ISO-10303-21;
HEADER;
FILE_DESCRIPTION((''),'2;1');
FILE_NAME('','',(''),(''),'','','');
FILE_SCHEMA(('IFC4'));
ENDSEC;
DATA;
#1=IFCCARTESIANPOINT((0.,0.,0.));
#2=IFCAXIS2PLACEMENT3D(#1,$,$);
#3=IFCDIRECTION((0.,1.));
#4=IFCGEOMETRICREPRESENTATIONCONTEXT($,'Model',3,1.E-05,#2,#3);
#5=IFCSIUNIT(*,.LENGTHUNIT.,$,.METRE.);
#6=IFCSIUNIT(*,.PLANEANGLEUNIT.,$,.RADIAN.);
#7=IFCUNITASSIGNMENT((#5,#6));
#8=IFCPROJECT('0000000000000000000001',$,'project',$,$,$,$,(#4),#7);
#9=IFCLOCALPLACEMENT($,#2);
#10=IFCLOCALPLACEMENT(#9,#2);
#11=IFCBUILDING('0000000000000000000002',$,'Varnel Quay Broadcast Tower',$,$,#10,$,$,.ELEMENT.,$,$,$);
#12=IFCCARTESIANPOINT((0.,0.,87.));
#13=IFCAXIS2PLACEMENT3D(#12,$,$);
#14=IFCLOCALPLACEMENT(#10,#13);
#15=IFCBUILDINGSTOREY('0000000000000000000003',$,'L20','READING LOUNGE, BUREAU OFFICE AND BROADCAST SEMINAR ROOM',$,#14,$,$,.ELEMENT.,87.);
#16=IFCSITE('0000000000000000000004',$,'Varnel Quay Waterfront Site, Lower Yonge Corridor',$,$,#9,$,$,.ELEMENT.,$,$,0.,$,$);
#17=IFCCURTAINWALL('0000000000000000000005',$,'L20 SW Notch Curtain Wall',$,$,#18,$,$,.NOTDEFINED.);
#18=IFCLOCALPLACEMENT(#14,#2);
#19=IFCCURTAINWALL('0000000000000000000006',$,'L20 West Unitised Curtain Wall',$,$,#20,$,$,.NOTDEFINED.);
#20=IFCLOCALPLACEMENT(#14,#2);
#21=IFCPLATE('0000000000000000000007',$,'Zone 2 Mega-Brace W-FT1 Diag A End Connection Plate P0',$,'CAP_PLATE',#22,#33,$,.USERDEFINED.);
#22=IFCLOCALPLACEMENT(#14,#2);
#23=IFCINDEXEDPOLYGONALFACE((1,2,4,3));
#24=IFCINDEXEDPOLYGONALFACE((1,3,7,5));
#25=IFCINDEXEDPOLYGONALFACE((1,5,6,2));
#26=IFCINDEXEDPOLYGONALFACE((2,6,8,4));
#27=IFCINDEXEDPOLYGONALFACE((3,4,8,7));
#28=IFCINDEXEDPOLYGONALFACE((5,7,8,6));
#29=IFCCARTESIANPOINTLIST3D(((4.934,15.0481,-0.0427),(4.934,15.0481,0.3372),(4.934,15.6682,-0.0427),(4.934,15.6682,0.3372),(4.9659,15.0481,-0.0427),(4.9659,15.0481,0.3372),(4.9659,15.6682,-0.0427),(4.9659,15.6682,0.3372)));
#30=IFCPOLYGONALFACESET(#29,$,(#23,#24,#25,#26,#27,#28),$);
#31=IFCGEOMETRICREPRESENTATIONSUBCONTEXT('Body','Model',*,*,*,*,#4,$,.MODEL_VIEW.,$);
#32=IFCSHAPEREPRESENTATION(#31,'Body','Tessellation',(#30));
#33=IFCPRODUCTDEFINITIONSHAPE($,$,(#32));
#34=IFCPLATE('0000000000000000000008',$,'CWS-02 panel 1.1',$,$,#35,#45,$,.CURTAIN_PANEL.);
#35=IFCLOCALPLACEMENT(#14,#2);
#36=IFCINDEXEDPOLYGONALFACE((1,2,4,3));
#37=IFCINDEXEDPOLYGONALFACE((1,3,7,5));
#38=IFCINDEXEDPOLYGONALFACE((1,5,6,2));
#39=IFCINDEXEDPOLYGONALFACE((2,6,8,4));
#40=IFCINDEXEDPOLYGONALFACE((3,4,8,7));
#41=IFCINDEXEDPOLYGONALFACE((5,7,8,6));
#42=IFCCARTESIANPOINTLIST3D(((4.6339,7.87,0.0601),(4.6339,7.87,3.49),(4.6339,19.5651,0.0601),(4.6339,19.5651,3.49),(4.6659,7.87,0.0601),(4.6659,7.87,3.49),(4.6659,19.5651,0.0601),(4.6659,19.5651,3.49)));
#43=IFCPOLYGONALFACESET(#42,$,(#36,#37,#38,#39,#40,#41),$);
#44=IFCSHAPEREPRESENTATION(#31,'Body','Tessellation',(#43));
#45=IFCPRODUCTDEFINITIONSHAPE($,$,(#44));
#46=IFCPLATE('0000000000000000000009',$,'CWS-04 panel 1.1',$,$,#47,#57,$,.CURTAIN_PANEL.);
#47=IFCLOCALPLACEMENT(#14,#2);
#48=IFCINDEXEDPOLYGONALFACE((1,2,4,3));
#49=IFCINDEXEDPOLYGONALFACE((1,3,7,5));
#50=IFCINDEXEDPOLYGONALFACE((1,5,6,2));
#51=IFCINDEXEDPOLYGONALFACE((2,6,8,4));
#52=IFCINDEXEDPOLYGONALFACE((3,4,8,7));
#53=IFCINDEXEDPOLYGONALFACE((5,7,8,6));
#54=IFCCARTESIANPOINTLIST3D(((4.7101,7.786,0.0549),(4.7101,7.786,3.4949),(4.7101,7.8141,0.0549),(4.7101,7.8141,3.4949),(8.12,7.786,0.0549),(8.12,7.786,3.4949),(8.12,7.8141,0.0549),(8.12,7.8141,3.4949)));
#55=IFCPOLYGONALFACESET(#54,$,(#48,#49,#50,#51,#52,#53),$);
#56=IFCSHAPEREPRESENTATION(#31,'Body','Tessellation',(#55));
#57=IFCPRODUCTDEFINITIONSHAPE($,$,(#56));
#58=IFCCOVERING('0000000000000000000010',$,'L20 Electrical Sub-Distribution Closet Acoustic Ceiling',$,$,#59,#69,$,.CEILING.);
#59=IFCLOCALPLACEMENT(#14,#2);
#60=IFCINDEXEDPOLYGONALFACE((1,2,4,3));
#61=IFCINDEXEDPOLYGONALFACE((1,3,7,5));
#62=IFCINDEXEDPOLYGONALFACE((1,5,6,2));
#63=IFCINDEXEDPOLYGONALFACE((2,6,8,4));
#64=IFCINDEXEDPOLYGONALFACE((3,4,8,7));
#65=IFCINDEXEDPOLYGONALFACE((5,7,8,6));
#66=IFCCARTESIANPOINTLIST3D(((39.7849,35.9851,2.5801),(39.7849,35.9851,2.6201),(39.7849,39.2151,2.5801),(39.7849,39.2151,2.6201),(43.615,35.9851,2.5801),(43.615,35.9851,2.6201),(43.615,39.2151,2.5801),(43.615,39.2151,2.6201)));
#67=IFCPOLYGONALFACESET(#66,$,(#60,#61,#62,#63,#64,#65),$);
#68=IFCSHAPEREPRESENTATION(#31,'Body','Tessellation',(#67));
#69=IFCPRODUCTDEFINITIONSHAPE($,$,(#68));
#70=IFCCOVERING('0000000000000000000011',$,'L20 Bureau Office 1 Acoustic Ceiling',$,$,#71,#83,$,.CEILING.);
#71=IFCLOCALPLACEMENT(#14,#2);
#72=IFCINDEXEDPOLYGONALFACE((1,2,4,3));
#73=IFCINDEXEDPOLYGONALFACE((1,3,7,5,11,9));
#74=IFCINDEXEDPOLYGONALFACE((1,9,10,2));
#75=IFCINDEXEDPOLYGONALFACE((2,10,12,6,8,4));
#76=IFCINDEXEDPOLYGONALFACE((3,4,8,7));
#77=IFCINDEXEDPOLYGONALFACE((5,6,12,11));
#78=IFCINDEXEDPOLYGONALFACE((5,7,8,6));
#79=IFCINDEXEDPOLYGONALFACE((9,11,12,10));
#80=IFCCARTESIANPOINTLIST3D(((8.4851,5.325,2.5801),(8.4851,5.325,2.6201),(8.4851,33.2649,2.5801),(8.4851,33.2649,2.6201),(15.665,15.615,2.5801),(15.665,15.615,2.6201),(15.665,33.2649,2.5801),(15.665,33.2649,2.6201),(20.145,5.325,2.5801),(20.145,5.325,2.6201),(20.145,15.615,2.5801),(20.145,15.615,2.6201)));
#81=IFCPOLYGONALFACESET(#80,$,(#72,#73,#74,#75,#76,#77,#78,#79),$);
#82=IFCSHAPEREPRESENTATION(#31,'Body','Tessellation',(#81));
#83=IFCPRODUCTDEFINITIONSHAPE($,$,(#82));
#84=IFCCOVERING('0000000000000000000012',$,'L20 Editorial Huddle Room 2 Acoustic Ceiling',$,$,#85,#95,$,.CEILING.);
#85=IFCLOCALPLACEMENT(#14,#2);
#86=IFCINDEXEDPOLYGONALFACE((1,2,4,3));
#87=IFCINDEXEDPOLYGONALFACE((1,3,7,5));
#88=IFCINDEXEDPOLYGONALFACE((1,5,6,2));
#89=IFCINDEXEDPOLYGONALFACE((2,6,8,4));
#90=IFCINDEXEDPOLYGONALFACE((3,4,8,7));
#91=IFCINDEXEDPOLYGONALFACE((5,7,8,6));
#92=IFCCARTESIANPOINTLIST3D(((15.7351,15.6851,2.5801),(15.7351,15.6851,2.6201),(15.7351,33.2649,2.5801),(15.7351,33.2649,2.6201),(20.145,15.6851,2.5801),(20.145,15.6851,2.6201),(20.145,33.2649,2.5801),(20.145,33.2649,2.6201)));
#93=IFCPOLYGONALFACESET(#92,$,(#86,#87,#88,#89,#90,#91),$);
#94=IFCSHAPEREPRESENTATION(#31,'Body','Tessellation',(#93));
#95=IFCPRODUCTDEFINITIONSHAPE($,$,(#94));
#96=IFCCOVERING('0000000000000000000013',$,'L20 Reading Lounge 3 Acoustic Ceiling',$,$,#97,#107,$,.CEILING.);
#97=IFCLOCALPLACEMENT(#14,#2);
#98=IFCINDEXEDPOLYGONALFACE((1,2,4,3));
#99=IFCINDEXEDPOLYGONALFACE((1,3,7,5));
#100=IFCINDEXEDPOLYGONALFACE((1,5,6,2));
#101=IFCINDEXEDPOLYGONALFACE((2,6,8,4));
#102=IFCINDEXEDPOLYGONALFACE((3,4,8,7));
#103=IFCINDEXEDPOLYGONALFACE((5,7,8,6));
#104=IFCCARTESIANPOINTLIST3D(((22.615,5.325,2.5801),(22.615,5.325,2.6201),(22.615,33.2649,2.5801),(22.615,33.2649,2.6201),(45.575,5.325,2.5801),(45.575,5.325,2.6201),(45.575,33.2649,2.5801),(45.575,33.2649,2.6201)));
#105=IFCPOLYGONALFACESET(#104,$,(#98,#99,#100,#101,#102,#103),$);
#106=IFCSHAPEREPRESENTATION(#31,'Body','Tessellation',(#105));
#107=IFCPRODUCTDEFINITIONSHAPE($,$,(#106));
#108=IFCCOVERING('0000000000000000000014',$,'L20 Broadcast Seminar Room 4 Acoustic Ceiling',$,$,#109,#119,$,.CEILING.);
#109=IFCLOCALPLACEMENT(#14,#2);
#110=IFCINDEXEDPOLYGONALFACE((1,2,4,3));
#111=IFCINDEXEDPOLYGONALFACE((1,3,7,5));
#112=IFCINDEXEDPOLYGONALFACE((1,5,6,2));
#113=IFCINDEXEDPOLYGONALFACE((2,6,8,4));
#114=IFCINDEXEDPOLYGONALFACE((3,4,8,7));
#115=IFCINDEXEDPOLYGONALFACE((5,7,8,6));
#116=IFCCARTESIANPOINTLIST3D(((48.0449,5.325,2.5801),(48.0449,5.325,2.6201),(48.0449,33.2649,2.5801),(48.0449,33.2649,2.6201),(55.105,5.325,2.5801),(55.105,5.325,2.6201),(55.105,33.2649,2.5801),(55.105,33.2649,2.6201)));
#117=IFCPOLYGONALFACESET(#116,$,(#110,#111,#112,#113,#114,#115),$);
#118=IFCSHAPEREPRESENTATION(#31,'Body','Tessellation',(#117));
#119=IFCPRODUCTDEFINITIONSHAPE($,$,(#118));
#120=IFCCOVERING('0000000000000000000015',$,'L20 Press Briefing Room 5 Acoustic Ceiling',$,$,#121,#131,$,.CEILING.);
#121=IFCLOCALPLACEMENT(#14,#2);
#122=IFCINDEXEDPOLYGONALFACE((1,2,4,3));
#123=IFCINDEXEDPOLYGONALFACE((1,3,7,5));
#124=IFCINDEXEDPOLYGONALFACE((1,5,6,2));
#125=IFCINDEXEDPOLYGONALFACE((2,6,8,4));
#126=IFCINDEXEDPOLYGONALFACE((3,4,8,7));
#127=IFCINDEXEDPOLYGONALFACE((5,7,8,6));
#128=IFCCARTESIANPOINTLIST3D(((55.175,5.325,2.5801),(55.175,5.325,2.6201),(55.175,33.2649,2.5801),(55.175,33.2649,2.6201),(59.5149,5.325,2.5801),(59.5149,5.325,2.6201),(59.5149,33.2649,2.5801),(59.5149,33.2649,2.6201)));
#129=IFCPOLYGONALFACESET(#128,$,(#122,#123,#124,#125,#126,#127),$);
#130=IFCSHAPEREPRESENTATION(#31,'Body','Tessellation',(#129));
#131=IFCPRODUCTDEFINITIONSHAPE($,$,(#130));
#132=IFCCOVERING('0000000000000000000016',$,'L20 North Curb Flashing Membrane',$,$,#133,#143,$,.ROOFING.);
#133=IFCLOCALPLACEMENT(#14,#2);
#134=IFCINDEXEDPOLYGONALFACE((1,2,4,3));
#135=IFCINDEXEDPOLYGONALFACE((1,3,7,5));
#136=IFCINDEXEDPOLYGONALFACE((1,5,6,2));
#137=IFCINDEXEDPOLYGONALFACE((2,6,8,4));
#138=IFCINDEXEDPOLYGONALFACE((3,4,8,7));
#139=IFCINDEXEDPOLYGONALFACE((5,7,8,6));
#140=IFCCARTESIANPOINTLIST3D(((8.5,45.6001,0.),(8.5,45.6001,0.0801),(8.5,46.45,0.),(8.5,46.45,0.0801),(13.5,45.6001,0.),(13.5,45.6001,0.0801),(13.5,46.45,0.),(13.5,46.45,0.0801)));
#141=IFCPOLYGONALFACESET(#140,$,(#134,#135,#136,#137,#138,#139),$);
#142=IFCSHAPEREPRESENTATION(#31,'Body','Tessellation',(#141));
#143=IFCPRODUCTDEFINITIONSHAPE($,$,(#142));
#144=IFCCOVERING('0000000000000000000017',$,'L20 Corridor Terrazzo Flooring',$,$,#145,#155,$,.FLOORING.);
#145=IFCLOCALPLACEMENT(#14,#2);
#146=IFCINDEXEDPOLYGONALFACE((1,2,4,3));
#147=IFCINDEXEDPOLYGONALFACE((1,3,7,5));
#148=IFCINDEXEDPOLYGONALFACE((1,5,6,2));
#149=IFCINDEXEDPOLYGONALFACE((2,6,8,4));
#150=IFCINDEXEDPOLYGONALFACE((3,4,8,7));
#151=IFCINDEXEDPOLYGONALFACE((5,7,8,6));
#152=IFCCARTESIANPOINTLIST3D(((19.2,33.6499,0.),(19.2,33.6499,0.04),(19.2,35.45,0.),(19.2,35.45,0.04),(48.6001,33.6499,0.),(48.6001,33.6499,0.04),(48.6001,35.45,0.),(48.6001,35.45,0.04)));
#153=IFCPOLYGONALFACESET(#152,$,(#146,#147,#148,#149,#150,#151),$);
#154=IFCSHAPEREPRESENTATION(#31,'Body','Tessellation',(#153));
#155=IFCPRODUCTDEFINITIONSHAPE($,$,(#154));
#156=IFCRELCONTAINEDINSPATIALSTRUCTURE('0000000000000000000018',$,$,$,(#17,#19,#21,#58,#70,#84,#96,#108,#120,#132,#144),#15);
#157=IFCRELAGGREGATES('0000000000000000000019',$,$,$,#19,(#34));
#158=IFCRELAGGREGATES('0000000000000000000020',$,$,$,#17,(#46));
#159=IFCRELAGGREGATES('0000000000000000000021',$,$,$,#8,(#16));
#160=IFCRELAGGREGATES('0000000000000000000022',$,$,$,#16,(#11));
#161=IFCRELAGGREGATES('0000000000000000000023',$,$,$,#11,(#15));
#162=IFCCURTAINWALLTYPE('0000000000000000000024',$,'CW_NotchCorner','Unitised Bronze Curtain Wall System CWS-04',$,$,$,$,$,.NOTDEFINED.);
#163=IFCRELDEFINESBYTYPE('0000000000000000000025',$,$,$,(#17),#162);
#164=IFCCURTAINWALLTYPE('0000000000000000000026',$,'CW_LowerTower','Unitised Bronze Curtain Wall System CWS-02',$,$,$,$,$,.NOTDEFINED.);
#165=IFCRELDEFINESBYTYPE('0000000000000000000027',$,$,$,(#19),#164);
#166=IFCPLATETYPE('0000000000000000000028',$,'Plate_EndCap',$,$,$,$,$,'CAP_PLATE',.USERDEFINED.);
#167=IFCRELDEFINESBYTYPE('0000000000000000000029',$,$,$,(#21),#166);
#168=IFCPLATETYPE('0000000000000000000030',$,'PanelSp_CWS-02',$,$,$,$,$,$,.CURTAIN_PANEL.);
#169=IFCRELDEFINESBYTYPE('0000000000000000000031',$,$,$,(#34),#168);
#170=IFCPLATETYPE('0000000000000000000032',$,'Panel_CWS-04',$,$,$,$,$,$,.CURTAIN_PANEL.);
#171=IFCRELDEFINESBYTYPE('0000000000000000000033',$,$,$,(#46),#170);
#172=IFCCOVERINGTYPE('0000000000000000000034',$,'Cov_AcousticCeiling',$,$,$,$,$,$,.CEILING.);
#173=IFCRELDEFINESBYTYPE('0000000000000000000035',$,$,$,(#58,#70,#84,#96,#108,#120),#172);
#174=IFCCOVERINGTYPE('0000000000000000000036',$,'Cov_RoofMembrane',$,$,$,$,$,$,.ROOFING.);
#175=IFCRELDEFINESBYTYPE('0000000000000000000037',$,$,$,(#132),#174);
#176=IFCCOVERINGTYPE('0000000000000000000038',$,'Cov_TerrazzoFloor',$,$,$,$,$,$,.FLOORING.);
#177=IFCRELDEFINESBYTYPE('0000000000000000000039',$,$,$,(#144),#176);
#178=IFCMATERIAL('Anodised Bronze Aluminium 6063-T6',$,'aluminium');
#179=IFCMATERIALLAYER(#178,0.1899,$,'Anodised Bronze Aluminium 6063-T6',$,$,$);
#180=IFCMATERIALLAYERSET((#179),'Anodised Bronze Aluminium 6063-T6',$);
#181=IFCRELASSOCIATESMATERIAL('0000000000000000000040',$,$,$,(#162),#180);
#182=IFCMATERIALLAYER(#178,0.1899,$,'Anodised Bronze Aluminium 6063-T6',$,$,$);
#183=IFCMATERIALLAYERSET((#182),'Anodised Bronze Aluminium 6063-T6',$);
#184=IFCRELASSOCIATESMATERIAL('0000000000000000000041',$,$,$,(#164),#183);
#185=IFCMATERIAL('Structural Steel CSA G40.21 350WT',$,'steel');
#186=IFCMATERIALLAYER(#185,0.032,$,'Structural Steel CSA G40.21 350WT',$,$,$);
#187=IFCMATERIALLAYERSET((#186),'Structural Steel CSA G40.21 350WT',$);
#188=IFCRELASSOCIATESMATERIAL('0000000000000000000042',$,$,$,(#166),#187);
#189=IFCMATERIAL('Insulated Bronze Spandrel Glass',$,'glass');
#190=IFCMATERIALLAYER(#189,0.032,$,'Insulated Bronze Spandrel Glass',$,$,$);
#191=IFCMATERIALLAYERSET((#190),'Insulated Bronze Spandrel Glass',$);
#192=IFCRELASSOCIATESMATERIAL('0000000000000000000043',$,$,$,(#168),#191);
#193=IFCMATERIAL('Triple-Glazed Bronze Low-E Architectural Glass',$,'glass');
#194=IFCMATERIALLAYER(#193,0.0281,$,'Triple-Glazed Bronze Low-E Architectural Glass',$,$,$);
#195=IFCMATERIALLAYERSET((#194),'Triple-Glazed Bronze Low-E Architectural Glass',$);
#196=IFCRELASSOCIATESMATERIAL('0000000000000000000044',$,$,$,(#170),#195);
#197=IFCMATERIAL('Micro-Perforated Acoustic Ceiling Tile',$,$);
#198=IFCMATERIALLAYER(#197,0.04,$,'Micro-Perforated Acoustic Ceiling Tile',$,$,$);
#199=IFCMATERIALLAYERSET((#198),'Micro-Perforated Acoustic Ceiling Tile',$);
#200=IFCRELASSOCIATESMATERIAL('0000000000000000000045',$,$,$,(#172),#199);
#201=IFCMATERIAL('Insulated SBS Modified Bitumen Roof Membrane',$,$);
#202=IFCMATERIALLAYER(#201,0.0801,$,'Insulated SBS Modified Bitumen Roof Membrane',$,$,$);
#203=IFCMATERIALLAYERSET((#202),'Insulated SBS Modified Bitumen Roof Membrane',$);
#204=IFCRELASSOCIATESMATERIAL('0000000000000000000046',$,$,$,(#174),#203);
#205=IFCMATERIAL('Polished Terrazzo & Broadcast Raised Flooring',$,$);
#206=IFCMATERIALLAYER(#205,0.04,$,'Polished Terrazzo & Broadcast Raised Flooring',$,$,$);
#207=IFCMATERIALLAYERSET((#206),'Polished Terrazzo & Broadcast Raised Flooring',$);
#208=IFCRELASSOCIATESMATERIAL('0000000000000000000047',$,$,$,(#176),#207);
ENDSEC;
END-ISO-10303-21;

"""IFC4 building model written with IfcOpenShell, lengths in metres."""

from ifc_helpers import new_model, si_unit, direction, frame, origin, origin_2d, place, context, subcontext, project, spatial, polyline, rectangle, outline, extrude, source, transform, mapped, material, layer, layer_set, type_object, type_shapes, element, aggregate, save


model = new_model("IFC4")

# Units and contexts
model_context = context("Model", 3, precision=1e-05, world=origin(), true_north=direction((0.0, 1.0)))
body_context = subcontext(model_context, "Body", "Model", "MODEL_VIEW")
ifc_project = project(units=[si_unit("LENGTHUNIT", "METRE"), si_unit("PLANEANGLEUNIT", "RADIAN")], contexts=[model_context])

# Site, building, storey
site_placement = place(None, origin())
site = spatial("IfcSite", under=ifc_project, at=site_placement, Name="Varnel Quay Waterfront Site, Lower Yonge Corridor", CompositionType="ELEMENT", RefElevation=0.0)
building_placement = place(site_placement, origin())
building = spatial("IfcBuilding", under=site, at=building_placement, Name="Varnel Quay Broadcast Tower", CompositionType="ELEMENT")
storey_placement = place(building_placement, frame((0.0, 0.0, 87.0)))
storey = spatial("IfcBuildingStorey", under=building, at=storey_placement, Name="L20", Description="READING LOUNGE, BUREAU OFFICE AND BROADCAST SEMINAR ROOM", CompositionType="ELEMENT", Elevation=87.0)

# Shared definitions
ifc_material_1 = material(Name="Structural Steel CSA G40.21 350WT", Category="steel")

# Curtain walls
ifc_material_2 = material(Name="Anodised Bronze Aluminium 6063-T6", Category="aluminium")
ifc_layer_1 = layer(ifc_material_2, 0.1899, Name="Anodised Bronze Aluminium 6063-T6")
ifc_layer_set_1 = layer_set([ifc_layer_1], Name="Anodised Bronze Aluminium 6063-T6")
curtain_wall_type_1 = type_object("IfcCurtainWallType", Name="CW_NotchCorner", Description="Unitised Bronze Curtain Wall System CWS-04", PredefinedType="NOTDEFINED", material=ifc_layer_set_1)
curtain_wall_1_placement = place(storey_placement, origin())
curtain_wall_1 = element("IfcCurtainWall", 1, at=curtain_wall_1_placement, inside=storey, type_object=curtain_wall_type_1, Name="L20 SW Notch Curtain Wall", PredefinedType="NOTDEFINED")
ifc_layer_2 = layer(ifc_material_2, 0.1899, Name="Anodised Bronze Aluminium 6063-T6")
ifc_layer_set_2 = layer_set([ifc_layer_2], Name="Anodised Bronze Aluminium 6063-T6")
curtain_wall_type_2 = type_object("IfcCurtainWallType", Name="CW_LowerTower", Description="Unitised Bronze Curtain Wall System CWS-02", PredefinedType="NOTDEFINED", material=ifc_layer_set_2)
curtain_wall_2_placement = place(storey_placement, origin())
curtain_wall_2 = element("IfcCurtainWall", 2, at=curtain_wall_2_placement, inside=storey, type_object=curtain_wall_type_2, Name="L20 West Unitised Curtain Wall", PredefinedType="NOTDEFINED")

# Plate
ifc_layer_3 = layer(ifc_material_1, 0.032, Name="Structural Steel CSA G40.21 350WT")
ifc_layer_set_3 = layer_set([ifc_layer_3], Name="Structural Steel CSA G40.21 350WT")
plate_type_1 = type_object("IfcPlateType", Name="Plate_EndCap", ElementType="CAP_PLATE", PredefinedType="USERDEFINED", material=ifc_layer_set_3)
shared_shape_1 = source(origin(), body_context, "Body", "SweptSolid", [
    extrude(rectangle(XDim=0.6201, YDim=0.032, at=origin_2d()), origin(), (0.0, 0.0, 1.0), 0.3799),
])
type_shapes(plate_type_1, [shared_shape_1])
plate_1_placement = place(storey_placement, frame((4.95, 15.3582, -0.0427), z_axis=(0.0, 0.0, 1.0), x_axis=(0.0, 1.0, 0.0)))
element("IfcPlate", 3, at=plate_1_placement, inside=storey, type_object=plate_type_1, Name="Zone 2 Mega-Brace W-FT1 Diag A End Connection Plate P0", ObjectType="CAP_PLATE", PredefinedType="USERDEFINED", context=body_context, shape_type="MappedRepresentation", body=[
    mapped(shared_shape_1, transform((0.0, 0.0, 0.0), x_axis=(1.0, 0.0, 0.0), y_axis=(0.0, 1.0, 0.0), z_axis=(0.0, 0.0, 1.0), scale=1.0)),
])

# Plates
ifc_material_3 = material(Name="Insulated Bronze Spandrel Glass", Category="glass")
ifc_layer_4 = layer(ifc_material_3, 0.032, Name="Insulated Bronze Spandrel Glass")
ifc_layer_set_4 = layer_set([ifc_layer_4], Name="Insulated Bronze Spandrel Glass")
plate_type_2 = type_object("IfcPlateType", Name="PanelSp_CWS-02", PredefinedType="CURTAIN_PANEL", material=ifc_layer_set_4)
shared_shape_2 = source(origin(), body_context, "Body", "SweptSolid", [
    extrude(rectangle(XDim=11.6951, YDim=0.032, at=origin_2d()), origin(), (0.0, 0.0, 1.0), 3.4299),
])
type_shapes(plate_type_2, [shared_shape_2])
plate_2_placement = place(storey_placement, frame((4.6499, 13.7175, 0.0601), z_axis=(0.0, 0.0, 1.0), x_axis=(0.0, 1.0, 0.0)))
plate_2 = element("IfcPlate", 4, at=plate_2_placement, type_object=plate_type_2, Name="CWS-02 panel 1.1", PredefinedType="CURTAIN_PANEL", context=body_context, shape_type="MappedRepresentation", body=[
    mapped(shared_shape_2, transform((0.0, 0.0, 0.0), x_axis=(1.0, 0.0, 0.0), y_axis=(0.0, 1.0, 0.0), z_axis=(0.0, 0.0, 1.0), scale=1.0)),
])
aggregate(curtain_wall_2, [plate_2])
ifc_material_4 = material(Name="Triple-Glazed Bronze Low-E Architectural Glass", Category="glass")
ifc_layer_5 = layer(ifc_material_4, 0.0281, Name="Triple-Glazed Bronze Low-E Architectural Glass")
ifc_layer_set_5 = layer_set([ifc_layer_5], Name="Triple-Glazed Bronze Low-E Architectural Glass")
plate_type_3 = type_object("IfcPlateType", Name="Panel_CWS-04", PredefinedType="CURTAIN_PANEL", material=ifc_layer_set_5)
shared_shape_3 = source(origin(), body_context, "Body", "SweptSolid", [
    extrude(rectangle(XDim=3.4099, YDim=0.0281, at=origin_2d()), origin(), (0.0, 0.0, 1.0), 3.4399),
])
type_shapes(plate_type_3, [shared_shape_3])
plate_3_placement = place(storey_placement, frame((6.415, 7.8, 0.0549), z_axis=(0.0, 0.0, 1.0), x_axis=(1.0, 0.0, 0.0)))
plate_3 = element("IfcPlate", 5, at=plate_3_placement, type_object=plate_type_3, Name="CWS-04 panel 1.1", PredefinedType="CURTAIN_PANEL", context=body_context, shape_type="MappedRepresentation", body=[
    mapped(shared_shape_3, transform((0.0, 0.0, 0.0), x_axis=(1.0, 0.0, 0.0), y_axis=(0.0, 1.0, 0.0), z_axis=(0.0, 0.0, 1.0), scale=1.0)),
])
aggregate(curtain_wall_1, [plate_3])

# Coverings
ifc_material_5 = material(Name="Micro-Perforated Acoustic Ceiling Tile")
ifc_layer_6 = layer(ifc_material_5, 0.04, Name="Micro-Perforated Acoustic Ceiling Tile")
ifc_layer_set_6 = layer_set([ifc_layer_6], Name="Micro-Perforated Acoustic Ceiling Tile")
covering_type_1 = type_object("IfcCoveringType", Name="Cov_AcousticCeiling", PredefinedType="CEILING", material=ifc_layer_set_6)
covering_1_placement = place(storey_placement, frame((0.0, 0.0, 2.5801)))
element("IfcCovering", 6, at=covering_1_placement, inside=storey, type_object=covering_type_1, Name="L20 Electrical Sub-Distribution Closet Acoustic Ceiling", PredefinedType="CEILING", context=body_context, shape_type="SweptSolid", body=[
    extrude(outline(polyline([(39.7849, 35.9851), (43.615, 35.9851), (43.615, 39.2151), (39.7849, 39.2151), (39.7849, 35.9851)])), origin(), (0.0, 0.0, 1.0), 0.04),
])
covering_2_placement = place(storey_placement, frame((0.0, 0.0, 2.5801)))
element("IfcCovering", 7, at=covering_2_placement, inside=storey, type_object=covering_type_1, Name="L20 Bureau Office 1 Acoustic Ceiling", PredefinedType="CEILING", context=body_context, shape_type="SweptSolid", body=[
    extrude(outline(polyline([(8.4851, 5.325), (20.145, 5.325), (20.145, 15.615), (15.665, 15.615), (15.665, 33.2649), (8.4851, 33.2649), (8.4851, 5.325)])), origin(), (0.0, 0.0, 1.0), 0.04),
])
covering_3_placement = place(storey_placement, frame((0.0, 0.0, 2.5801)))
element("IfcCovering", 8, at=covering_3_placement, inside=storey, type_object=covering_type_1, Name="L20 Editorial Huddle Room 2 Acoustic Ceiling", PredefinedType="CEILING", context=body_context, shape_type="SweptSolid", body=[
    extrude(outline(polyline([(15.7351, 15.6851), (20.145, 15.6851), (20.145, 33.2649), (15.7351, 33.2649), (15.7351, 15.6851)])), origin(), (0.0, 0.0, 1.0), 0.04),
])
covering_4_placement = place(storey_placement, frame((0.0, 0.0, 2.5801)))
element("IfcCovering", 9, at=covering_4_placement, inside=storey, type_object=covering_type_1, Name="L20 Reading Lounge 3 Acoustic Ceiling", PredefinedType="CEILING", context=body_context, shape_type="SweptSolid", body=[
    extrude(outline(polyline([(22.615, 5.325), (45.575, 5.325), (45.575, 33.2649), (22.615, 33.2649), (22.615, 5.325)])), origin(), (0.0, 0.0, 1.0), 0.04),
])
covering_5_placement = place(storey_placement, frame((0.0, 0.0, 2.5801)))
element("IfcCovering", 10, at=covering_5_placement, inside=storey, type_object=covering_type_1, Name="L20 Broadcast Seminar Room 4 Acoustic Ceiling", PredefinedType="CEILING", context=body_context, shape_type="SweptSolid", body=[
    extrude(outline(polyline([(48.0449, 5.325), (55.105, 5.325), (55.105, 33.2649), (48.0449, 33.2649), (48.0449, 5.325)])), origin(), (0.0, 0.0, 1.0), 0.04),
])
covering_6_placement = place(storey_placement, frame((0.0, 0.0, 2.5801)))
element("IfcCovering", 11, at=covering_6_placement, inside=storey, type_object=covering_type_1, Name="L20 Press Briefing Room 5 Acoustic Ceiling", PredefinedType="CEILING", context=body_context, shape_type="SweptSolid", body=[
    extrude(outline(polyline([(55.175, 5.325), (59.5149, 5.325), (59.5149, 33.2649), (55.175, 33.2649), (55.175, 5.325)])), origin(), (0.0, 0.0, 1.0), 0.04),
])
ifc_material_6 = material(Name="Insulated SBS Modified Bitumen Roof Membrane")
ifc_layer_7 = layer(ifc_material_6, 0.0801, Name="Insulated SBS Modified Bitumen Roof Membrane")
ifc_layer_set_7 = layer_set([ifc_layer_7], Name="Insulated SBS Modified Bitumen Roof Membrane")
covering_type_2 = type_object("IfcCoveringType", Name="Cov_RoofMembrane", PredefinedType="ROOFING", material=ifc_layer_set_7)
covering_7_placement = place(storey_placement, origin())
element("IfcCovering", 12, at=covering_7_placement, inside=storey, type_object=covering_type_2, Name="L20 North Curb Flashing Membrane", PredefinedType="ROOFING", context=body_context, shape_type="SweptSolid", body=[
    extrude(outline(polyline([(8.5, 45.6001), (13.5, 45.6001), (13.5, 46.45), (8.5, 46.45), (8.5, 45.6001)])), origin(), (0.0, 0.0, 1.0), 0.0801),
])
ifc_material_7 = material(Name="Polished Terrazzo & Broadcast Raised Flooring")
ifc_layer_8 = layer(ifc_material_7, 0.04, Name="Polished Terrazzo & Broadcast Raised Flooring")
ifc_layer_set_8 = layer_set([ifc_layer_8], Name="Polished Terrazzo & Broadcast Raised Flooring")
covering_type_3 = type_object("IfcCoveringType", Name="Cov_TerrazzoFloor", PredefinedType="FLOORING", material=ifc_layer_set_8)
covering_8_placement = place(storey_placement, origin())
element("IfcCovering", 13, at=covering_8_placement, inside=storey, type_object=covering_type_3, Name="L20 Corridor Terrazzo Flooring", PredefinedType="FLOORING", context=body_context, shape_type="SweptSolid", body=[
    extrude(outline(polyline([(19.2, 33.6499), (48.6001, 33.6499), (48.6001, 35.45), (19.2, 35.45), (19.2, 33.6499)])), origin(), (0.0, 0.0, 1.0), 0.04),
])

save(model, "model.ifc")
